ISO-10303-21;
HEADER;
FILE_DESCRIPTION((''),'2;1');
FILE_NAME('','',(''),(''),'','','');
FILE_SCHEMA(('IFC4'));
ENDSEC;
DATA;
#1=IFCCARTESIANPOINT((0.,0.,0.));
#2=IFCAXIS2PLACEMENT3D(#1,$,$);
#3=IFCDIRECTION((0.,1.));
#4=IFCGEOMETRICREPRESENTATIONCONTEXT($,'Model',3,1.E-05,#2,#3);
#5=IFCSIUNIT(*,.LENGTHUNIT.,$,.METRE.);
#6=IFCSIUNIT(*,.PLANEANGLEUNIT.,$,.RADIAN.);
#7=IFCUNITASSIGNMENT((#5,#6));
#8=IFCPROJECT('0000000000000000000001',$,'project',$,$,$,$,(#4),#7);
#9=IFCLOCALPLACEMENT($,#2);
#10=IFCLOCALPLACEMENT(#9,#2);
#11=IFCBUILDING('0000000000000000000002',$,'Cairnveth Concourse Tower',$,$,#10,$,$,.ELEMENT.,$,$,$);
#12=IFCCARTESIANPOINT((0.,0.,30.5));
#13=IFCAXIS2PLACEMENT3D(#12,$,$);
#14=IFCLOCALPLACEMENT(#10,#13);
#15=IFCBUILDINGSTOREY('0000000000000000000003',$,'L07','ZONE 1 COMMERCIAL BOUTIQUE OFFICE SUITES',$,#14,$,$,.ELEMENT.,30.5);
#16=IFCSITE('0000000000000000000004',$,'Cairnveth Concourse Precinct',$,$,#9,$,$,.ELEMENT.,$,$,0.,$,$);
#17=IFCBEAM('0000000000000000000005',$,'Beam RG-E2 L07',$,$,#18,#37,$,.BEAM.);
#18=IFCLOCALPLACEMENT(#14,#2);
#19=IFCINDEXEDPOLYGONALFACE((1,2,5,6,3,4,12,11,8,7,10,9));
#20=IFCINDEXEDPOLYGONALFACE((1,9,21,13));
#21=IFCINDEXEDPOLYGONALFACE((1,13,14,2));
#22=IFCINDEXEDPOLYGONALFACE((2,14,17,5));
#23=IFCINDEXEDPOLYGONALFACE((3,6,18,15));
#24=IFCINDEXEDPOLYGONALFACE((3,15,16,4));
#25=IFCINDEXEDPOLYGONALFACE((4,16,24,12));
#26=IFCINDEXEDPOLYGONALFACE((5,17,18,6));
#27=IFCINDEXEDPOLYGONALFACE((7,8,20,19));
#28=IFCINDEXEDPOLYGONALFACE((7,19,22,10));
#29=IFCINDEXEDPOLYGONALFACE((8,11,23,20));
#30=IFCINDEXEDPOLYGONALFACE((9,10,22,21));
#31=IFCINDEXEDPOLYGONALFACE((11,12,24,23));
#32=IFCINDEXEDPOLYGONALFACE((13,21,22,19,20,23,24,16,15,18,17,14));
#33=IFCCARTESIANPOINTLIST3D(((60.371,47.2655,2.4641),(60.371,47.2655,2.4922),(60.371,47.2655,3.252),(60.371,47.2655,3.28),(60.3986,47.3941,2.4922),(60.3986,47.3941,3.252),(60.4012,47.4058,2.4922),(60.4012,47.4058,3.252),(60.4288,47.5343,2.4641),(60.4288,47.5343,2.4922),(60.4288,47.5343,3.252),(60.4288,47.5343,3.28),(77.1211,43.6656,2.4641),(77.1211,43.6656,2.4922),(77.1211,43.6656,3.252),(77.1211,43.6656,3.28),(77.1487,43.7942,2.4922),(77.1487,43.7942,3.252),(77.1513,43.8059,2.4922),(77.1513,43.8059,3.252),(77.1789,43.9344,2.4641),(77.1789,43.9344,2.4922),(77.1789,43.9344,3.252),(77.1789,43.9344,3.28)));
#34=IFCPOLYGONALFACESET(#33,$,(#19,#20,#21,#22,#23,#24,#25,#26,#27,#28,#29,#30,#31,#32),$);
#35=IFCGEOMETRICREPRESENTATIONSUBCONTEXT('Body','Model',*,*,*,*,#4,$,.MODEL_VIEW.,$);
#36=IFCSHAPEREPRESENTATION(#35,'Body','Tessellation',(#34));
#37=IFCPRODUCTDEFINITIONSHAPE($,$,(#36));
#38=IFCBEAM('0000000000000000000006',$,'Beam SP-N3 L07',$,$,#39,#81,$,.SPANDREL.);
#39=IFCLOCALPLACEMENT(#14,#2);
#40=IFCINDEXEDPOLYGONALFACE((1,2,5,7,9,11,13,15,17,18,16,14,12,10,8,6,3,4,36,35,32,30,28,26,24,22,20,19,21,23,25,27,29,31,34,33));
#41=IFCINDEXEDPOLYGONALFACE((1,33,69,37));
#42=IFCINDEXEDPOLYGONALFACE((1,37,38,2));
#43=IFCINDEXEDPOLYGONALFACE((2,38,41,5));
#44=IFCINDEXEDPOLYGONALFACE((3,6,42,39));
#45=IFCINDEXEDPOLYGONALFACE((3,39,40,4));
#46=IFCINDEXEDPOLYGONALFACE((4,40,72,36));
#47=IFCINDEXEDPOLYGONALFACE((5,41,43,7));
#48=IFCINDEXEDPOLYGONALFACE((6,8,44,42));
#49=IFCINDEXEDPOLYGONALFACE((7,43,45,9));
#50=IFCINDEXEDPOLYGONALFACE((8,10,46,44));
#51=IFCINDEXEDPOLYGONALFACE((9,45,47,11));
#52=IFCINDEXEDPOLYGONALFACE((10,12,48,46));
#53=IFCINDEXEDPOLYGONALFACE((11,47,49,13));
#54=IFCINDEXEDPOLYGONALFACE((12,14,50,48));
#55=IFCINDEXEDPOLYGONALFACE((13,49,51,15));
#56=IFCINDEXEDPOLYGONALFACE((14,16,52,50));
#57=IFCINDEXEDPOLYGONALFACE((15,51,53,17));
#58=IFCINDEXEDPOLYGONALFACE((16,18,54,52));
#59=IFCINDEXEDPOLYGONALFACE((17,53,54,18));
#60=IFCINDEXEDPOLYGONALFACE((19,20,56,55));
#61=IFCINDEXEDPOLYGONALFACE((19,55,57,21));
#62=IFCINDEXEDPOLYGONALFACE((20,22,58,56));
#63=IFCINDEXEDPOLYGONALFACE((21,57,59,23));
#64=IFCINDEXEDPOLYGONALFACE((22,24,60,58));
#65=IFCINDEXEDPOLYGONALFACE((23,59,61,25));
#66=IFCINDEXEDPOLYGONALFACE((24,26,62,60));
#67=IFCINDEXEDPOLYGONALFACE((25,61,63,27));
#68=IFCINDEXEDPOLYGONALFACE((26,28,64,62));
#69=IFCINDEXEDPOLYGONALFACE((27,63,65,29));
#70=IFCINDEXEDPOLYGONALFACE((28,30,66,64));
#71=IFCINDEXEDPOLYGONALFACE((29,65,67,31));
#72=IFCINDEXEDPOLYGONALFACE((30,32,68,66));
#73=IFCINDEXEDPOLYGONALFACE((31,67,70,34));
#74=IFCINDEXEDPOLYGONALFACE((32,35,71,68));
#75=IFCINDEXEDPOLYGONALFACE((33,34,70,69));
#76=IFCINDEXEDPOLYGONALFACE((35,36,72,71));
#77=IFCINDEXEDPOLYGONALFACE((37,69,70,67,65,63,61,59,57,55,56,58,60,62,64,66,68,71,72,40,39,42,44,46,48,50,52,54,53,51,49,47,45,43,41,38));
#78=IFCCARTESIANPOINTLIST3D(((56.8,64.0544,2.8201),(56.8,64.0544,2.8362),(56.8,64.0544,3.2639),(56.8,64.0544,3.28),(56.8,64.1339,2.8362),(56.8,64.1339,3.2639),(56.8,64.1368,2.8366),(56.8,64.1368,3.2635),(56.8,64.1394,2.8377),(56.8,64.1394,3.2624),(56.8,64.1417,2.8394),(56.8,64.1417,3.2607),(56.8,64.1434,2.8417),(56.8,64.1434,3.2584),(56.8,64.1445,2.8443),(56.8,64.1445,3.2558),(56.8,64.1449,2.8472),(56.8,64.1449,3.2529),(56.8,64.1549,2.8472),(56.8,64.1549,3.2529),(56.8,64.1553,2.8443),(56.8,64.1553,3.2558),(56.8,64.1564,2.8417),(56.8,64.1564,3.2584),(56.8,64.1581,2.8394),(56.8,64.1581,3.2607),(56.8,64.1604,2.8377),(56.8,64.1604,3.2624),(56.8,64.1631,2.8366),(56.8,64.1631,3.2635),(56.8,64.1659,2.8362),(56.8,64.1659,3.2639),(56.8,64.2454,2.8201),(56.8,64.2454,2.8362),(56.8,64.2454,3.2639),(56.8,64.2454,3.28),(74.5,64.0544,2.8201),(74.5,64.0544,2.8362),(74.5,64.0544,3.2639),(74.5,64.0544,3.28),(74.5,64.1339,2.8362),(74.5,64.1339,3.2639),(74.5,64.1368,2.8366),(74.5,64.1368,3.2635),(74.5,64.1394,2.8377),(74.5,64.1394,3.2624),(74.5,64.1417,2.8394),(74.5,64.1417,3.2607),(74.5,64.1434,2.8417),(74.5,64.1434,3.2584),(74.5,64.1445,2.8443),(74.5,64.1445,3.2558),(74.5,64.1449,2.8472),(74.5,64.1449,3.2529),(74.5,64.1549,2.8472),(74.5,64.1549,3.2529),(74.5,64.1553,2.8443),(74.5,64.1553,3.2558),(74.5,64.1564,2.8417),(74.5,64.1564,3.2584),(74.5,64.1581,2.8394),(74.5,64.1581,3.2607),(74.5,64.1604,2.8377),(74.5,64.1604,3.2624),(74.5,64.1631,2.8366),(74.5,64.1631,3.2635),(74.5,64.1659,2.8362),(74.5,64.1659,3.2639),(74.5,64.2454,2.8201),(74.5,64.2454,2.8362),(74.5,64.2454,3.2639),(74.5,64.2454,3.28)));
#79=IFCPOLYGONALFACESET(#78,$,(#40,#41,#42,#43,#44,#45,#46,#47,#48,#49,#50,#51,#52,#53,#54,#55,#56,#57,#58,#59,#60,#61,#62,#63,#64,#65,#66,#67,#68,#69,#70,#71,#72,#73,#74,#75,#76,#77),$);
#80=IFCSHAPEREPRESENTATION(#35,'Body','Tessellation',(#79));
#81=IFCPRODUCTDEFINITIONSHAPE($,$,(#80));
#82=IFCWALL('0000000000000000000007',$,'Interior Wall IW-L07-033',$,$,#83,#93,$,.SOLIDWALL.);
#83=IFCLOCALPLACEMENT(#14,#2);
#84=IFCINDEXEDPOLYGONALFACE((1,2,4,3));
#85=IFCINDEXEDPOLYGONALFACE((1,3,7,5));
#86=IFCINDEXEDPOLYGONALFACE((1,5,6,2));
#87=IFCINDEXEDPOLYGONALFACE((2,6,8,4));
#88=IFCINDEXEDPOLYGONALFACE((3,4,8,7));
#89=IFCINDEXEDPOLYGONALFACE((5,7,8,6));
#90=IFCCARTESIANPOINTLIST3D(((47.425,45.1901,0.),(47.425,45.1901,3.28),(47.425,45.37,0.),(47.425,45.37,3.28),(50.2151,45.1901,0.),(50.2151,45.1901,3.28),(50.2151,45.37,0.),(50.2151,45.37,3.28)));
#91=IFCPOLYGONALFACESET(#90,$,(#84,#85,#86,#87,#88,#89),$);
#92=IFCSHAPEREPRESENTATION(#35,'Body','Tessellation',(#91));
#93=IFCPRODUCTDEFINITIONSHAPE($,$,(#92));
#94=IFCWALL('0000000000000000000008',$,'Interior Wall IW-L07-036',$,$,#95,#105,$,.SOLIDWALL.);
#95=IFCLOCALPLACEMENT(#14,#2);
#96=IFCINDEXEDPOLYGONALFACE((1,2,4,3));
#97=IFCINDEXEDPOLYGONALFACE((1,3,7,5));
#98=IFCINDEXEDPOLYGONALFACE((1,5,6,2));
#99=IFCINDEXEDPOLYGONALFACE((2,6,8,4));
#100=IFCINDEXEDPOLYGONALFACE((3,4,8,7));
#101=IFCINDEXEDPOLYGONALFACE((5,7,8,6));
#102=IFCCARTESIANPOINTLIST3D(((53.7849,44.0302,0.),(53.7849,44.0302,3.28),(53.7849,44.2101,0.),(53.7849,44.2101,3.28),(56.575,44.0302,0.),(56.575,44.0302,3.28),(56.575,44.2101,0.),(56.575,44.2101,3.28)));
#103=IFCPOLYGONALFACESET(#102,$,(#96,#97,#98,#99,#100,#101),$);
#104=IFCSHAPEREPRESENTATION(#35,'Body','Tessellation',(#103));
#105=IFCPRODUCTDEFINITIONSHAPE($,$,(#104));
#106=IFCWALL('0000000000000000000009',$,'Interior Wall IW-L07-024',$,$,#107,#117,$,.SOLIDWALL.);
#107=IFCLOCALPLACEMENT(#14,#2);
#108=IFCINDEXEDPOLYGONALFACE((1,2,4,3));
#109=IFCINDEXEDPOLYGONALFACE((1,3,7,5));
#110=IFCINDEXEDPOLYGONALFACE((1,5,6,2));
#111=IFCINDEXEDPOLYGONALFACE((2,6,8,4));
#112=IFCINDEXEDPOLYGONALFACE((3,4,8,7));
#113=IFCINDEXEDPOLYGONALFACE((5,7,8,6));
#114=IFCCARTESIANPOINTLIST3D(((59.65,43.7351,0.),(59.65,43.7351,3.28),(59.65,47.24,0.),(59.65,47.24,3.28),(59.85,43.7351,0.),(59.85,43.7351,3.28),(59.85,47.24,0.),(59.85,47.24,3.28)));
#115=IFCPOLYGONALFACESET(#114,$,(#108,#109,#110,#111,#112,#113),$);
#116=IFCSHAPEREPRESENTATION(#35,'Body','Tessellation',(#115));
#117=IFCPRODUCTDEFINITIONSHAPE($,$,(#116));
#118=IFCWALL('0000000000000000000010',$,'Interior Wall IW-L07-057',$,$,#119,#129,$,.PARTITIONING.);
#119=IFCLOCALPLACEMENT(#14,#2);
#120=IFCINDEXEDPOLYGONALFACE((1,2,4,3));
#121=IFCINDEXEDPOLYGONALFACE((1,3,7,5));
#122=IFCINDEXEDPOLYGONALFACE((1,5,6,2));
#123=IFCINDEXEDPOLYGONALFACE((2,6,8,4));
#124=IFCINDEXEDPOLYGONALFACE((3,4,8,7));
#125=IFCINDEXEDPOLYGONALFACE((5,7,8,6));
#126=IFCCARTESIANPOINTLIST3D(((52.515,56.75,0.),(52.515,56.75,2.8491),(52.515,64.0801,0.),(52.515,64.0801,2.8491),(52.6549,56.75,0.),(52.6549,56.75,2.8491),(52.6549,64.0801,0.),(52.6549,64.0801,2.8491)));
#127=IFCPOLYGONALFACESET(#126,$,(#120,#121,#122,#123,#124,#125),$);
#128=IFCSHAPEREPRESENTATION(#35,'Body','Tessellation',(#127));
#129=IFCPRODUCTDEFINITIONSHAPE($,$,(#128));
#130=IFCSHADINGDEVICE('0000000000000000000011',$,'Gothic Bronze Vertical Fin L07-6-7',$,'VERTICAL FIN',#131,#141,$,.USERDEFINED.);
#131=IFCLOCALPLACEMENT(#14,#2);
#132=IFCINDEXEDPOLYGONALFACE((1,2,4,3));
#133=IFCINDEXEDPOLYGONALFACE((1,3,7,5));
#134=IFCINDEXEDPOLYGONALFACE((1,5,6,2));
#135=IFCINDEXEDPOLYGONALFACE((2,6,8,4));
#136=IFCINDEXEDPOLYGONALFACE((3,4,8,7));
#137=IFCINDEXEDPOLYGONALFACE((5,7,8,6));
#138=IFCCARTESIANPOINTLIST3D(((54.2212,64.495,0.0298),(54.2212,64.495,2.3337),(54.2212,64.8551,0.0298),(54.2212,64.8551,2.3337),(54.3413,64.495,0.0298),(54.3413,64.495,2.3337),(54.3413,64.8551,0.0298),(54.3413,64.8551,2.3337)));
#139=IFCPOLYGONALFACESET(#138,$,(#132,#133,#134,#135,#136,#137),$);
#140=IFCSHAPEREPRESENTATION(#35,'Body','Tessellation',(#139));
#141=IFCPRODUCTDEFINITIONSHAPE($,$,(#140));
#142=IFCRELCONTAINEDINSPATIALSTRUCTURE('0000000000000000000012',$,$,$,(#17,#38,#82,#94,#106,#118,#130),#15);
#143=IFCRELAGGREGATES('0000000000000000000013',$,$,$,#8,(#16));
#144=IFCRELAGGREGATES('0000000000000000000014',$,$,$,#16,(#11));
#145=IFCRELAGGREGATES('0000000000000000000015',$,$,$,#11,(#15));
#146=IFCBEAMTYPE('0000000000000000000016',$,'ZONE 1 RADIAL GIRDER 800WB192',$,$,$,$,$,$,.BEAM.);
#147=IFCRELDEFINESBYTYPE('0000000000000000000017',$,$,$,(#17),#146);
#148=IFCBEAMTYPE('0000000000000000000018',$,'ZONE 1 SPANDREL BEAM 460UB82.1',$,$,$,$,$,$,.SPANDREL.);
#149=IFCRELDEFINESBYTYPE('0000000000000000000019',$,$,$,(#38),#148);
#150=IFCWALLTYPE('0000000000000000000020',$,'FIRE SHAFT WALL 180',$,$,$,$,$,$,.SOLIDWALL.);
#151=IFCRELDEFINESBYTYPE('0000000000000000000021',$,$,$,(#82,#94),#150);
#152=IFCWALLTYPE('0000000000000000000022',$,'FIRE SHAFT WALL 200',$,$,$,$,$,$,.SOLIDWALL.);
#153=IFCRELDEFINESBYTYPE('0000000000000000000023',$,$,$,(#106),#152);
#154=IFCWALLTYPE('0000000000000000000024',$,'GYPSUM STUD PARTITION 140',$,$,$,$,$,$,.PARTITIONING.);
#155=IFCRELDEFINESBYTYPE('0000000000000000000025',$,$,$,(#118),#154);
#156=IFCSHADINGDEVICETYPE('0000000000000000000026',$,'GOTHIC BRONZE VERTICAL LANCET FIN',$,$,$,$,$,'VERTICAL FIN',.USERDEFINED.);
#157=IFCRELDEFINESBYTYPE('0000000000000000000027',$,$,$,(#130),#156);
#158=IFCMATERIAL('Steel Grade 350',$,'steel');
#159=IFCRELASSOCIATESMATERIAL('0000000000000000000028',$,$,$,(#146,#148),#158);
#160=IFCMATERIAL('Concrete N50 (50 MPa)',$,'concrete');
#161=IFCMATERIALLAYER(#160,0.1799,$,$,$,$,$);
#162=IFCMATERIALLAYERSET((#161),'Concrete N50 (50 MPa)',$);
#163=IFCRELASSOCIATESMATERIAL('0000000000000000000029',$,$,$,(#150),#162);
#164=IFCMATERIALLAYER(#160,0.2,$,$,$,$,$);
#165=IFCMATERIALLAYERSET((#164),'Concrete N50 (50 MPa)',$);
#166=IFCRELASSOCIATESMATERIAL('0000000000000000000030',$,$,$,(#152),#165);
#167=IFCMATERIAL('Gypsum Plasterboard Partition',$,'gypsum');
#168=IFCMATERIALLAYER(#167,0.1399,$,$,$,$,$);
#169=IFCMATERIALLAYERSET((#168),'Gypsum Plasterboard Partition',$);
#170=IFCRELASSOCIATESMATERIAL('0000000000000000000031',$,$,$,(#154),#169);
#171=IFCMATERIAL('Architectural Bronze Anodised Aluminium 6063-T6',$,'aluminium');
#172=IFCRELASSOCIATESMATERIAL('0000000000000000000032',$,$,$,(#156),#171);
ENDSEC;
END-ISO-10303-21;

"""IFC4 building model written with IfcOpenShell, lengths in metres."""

from ifc_helpers import new_model, si_unit, direction, frame, frame_2d, origin, origin_2d, place, context, subcontext, project, spatial, rectangle, i_section, extrude, material, layer, layer_set, material_profile, profile_set, type_object, element, save


model = new_model("IFC4")

# Units and contexts
model_context = context("Model", 3, precision=1e-05, world=origin(), true_north=direction((0.0, 1.0)))
body_context = subcontext(model_context, "Body", "Model", "MODEL_VIEW")
ifc_project = project(units=[si_unit("LENGTHUNIT", "METRE"), si_unit("PLANEANGLEUNIT", "RADIAN")], contexts=[model_context])

# Site, building, storey
site_placement = place(None, origin())
site = spatial("IfcSite", under=ifc_project, at=site_placement, Name="Cairnveth Concourse Precinct", CompositionType="ELEMENT", RefElevation=0.0)
building_placement = place(site_placement, origin())
building = spatial("IfcBuilding", under=site, at=building_placement, Name="Cairnveth Concourse Tower", CompositionType="ELEMENT")
storey_placement = place(building_placement, frame((0.0, 0.0, 30.5)))
storey = spatial("IfcBuildingStorey", under=building, at=storey_placement, Name="L07", Description="ZONE 1 COMMERCIAL BOUTIQUE OFFICE SUITES", CompositionType="ELEMENT", Elevation=30.5)

# Beams
ifc_material_1 = material(Name="Steel Grade 350", Category="steel")
ifc_material_profile_1 = material_profile(ifc_material_1, i_section(OverallWidth=0.2749, OverallDepth=0.8159, WebThickness=0.012, FlangeThickness=0.0281, at=origin_2d()), Name="800WB192")
ifc_profile_set_1 = profile_set([ifc_material_profile_1], Name="Steel Grade 350")
beam_type_1 = type_object("IfcBeamType", Name="ZONE 1 RADIAL GIRDER 800WB192", PredefinedType="BEAM", material=ifc_profile_set_1)
beam_1_placement = place(storey_placement, frame((60.3999, 47.3999, 2.8721), z_axis=(0.977676, -0.210119, 0.0), x_axis=(0.210119, 0.977676, 0.0)))
element("IfcBeam", 1, at=beam_1_placement, inside=storey, type_object=beam_type_1, Name="Beam RG-E2 L07", PredefinedType="BEAM", context=body_context, shape_type="SweptSolid", body=[
    extrude(i_section(OverallWidth=0.2749, OverallDepth=0.8159, WebThickness=0.012, FlangeThickness=0.0281, at=origin_2d()), origin(), (0.0, 0.0, 1.0), 17.1326),
])
ifc_material_profile_2 = material_profile(ifc_material_1, i_section(OverallWidth=0.1909, OverallDepth=0.46, WebThickness=0.01, FlangeThickness=0.0161, FilletRadius=0.011, at=origin_2d()), Name="460UB82.1")
ifc_profile_set_2 = profile_set([ifc_material_profile_2], Name="Steel Grade 350")
beam_type_2 = type_object("IfcBeamType", Name="ZONE 1 SPANDREL BEAM 460UB82.1", PredefinedType="SPANDREL", material=ifc_profile_set_2)
beam_2_placement = place(storey_placement, frame((56.8, 64.1499, 3.05), z_axis=(1.0, 0.0, 0.0), x_axis=(0.0, 1.0, 0.0)))
element("IfcBeam", 2, at=beam_2_placement, inside=storey, type_object=beam_type_2, Name="Beam SP-N3 L07", PredefinedType="SPANDREL", context=body_context, shape_type="SweptSolid", body=[
    extrude(i_section(OverallWidth=0.1909, OverallDepth=0.46, WebThickness=0.01, FlangeThickness=0.0161, FilletRadius=0.011, at=origin_2d()), origin(), (0.0, 0.0, 1.0), 17.7),
])

# Walls
ifc_material_2 = material(Name="Concrete N50 (50 MPa)", Category="concrete")
ifc_layer_1 = layer(ifc_material_2, 0.1799)
ifc_layer_set_1 = layer_set([ifc_layer_1], Name="Concrete N50 (50 MPa)")
wall_type_1 = type_object("IfcWallType", Name="FIRE SHAFT WALL 180", PredefinedType="SOLIDWALL", material=ifc_layer_set_1)
for number, where, z_axis, x_axis, name in (
    (3, (47.425, 45.28, 0.0), (0.0, 0.0, 1.0), (1.0, 0.0, 0.0), "Interior Wall IW-L07-033"),
    (4, (53.7849, 44.1201, 0.0), (0.0, 0.0, 1.0), (1.0, 0.0, 0.0), "Interior Wall IW-L07-036"),
):
    element("IfcWall", number, at=place(storey_placement, frame(where, z_axis=z_axis, x_axis=x_axis)), inside=storey, type_object=wall_type_1, Name=name, PredefinedType="SOLIDWALL", context=body_context, shape_type="SweptSolid", body=[
        extrude(rectangle(XDim=2.79, YDim=0.1799, at=frame_2d((1.395, 0.0))), origin(), (0.0, 0.0, 1.0), 3.28),
    ])
ifc_layer_2 = layer(ifc_material_2, 0.2)
ifc_layer_set_2 = layer_set([ifc_layer_2], Name="Concrete N50 (50 MPa)")
wall_type_2 = type_object("IfcWallType", Name="FIRE SHAFT WALL 200", PredefinedType="SOLIDWALL", material=ifc_layer_set_2)
wall_1_placement = place(storey_placement, frame((59.75, 43.7351, 0.0), z_axis=(0.0, 0.0, 1.0), x_axis=(0.0, 1.0, 0.0)))
element("IfcWall", 5, at=wall_1_placement, inside=storey, type_object=wall_type_2, Name="Interior Wall IW-L07-024", PredefinedType="SOLIDWALL", context=body_context, shape_type="SweptSolid", body=[
    extrude(rectangle(XDim=3.5049, YDim=0.2, at=frame_2d((1.7524, 0.0))), origin(), (0.0, 0.0, 1.0), 3.28),
])
ifc_material_3 = material(Name="Gypsum Plasterboard Partition", Category="gypsum")
ifc_layer_3 = layer(ifc_material_3, 0.1399)
ifc_layer_set_3 = layer_set([ifc_layer_3], Name="Gypsum Plasterboard Partition")
wall_type_3 = type_object("IfcWallType", Name="GYPSUM STUD PARTITION 140", PredefinedType="PARTITIONING", material=ifc_layer_set_3)
wall_2_placement = place(storey_placement, frame((52.585, 56.75, 0.0), z_axis=(0.0, 0.0, 1.0), x_axis=(0.0, 1.0, 0.0)))
element("IfcWall", 6, at=wall_2_placement, inside=storey, type_object=wall_type_3, Name="Interior Wall IW-L07-057", PredefinedType="PARTITIONING", context=body_context, shape_type="SweptSolid", body=[
    extrude(rectangle(XDim=7.3301, YDim=0.1399, at=frame_2d((3.665, 0.0))), origin(), (0.0, 0.0, 1.0), 2.8491),
])

# Shading device
ifc_material_4 = material(Name="Architectural Bronze Anodised Aluminium 6063-T6", Category="aluminium")
shading_device_type = type_object("IfcShadingDeviceType", Name="GOTHIC BRONZE VERTICAL LANCET FIN", ElementType="VERTICAL FIN", PredefinedType="USERDEFINED", material=ifc_material_4)
shading_device_placement = place(storey_placement, frame((54.2812, 64.675, 0.0298), z_axis=(0.0, 0.0, 1.0), x_axis=(1.0, 0.0, 0.0)))
element("IfcShadingDevice", 7, at=shading_device_placement, inside=storey, type_object=shading_device_type, Name="Gothic Bronze Vertical Fin L07-6-7", ObjectType="VERTICAL FIN", PredefinedType="USERDEFINED", context=body_context, shape_type="SweptSolid", body=[
    extrude(rectangle(XDim=0.1201, YDim=0.3601, at=origin_2d()), origin(), (0.0, 0.0, 1.0), 2.304),
])

save(model, "model.ifc")
